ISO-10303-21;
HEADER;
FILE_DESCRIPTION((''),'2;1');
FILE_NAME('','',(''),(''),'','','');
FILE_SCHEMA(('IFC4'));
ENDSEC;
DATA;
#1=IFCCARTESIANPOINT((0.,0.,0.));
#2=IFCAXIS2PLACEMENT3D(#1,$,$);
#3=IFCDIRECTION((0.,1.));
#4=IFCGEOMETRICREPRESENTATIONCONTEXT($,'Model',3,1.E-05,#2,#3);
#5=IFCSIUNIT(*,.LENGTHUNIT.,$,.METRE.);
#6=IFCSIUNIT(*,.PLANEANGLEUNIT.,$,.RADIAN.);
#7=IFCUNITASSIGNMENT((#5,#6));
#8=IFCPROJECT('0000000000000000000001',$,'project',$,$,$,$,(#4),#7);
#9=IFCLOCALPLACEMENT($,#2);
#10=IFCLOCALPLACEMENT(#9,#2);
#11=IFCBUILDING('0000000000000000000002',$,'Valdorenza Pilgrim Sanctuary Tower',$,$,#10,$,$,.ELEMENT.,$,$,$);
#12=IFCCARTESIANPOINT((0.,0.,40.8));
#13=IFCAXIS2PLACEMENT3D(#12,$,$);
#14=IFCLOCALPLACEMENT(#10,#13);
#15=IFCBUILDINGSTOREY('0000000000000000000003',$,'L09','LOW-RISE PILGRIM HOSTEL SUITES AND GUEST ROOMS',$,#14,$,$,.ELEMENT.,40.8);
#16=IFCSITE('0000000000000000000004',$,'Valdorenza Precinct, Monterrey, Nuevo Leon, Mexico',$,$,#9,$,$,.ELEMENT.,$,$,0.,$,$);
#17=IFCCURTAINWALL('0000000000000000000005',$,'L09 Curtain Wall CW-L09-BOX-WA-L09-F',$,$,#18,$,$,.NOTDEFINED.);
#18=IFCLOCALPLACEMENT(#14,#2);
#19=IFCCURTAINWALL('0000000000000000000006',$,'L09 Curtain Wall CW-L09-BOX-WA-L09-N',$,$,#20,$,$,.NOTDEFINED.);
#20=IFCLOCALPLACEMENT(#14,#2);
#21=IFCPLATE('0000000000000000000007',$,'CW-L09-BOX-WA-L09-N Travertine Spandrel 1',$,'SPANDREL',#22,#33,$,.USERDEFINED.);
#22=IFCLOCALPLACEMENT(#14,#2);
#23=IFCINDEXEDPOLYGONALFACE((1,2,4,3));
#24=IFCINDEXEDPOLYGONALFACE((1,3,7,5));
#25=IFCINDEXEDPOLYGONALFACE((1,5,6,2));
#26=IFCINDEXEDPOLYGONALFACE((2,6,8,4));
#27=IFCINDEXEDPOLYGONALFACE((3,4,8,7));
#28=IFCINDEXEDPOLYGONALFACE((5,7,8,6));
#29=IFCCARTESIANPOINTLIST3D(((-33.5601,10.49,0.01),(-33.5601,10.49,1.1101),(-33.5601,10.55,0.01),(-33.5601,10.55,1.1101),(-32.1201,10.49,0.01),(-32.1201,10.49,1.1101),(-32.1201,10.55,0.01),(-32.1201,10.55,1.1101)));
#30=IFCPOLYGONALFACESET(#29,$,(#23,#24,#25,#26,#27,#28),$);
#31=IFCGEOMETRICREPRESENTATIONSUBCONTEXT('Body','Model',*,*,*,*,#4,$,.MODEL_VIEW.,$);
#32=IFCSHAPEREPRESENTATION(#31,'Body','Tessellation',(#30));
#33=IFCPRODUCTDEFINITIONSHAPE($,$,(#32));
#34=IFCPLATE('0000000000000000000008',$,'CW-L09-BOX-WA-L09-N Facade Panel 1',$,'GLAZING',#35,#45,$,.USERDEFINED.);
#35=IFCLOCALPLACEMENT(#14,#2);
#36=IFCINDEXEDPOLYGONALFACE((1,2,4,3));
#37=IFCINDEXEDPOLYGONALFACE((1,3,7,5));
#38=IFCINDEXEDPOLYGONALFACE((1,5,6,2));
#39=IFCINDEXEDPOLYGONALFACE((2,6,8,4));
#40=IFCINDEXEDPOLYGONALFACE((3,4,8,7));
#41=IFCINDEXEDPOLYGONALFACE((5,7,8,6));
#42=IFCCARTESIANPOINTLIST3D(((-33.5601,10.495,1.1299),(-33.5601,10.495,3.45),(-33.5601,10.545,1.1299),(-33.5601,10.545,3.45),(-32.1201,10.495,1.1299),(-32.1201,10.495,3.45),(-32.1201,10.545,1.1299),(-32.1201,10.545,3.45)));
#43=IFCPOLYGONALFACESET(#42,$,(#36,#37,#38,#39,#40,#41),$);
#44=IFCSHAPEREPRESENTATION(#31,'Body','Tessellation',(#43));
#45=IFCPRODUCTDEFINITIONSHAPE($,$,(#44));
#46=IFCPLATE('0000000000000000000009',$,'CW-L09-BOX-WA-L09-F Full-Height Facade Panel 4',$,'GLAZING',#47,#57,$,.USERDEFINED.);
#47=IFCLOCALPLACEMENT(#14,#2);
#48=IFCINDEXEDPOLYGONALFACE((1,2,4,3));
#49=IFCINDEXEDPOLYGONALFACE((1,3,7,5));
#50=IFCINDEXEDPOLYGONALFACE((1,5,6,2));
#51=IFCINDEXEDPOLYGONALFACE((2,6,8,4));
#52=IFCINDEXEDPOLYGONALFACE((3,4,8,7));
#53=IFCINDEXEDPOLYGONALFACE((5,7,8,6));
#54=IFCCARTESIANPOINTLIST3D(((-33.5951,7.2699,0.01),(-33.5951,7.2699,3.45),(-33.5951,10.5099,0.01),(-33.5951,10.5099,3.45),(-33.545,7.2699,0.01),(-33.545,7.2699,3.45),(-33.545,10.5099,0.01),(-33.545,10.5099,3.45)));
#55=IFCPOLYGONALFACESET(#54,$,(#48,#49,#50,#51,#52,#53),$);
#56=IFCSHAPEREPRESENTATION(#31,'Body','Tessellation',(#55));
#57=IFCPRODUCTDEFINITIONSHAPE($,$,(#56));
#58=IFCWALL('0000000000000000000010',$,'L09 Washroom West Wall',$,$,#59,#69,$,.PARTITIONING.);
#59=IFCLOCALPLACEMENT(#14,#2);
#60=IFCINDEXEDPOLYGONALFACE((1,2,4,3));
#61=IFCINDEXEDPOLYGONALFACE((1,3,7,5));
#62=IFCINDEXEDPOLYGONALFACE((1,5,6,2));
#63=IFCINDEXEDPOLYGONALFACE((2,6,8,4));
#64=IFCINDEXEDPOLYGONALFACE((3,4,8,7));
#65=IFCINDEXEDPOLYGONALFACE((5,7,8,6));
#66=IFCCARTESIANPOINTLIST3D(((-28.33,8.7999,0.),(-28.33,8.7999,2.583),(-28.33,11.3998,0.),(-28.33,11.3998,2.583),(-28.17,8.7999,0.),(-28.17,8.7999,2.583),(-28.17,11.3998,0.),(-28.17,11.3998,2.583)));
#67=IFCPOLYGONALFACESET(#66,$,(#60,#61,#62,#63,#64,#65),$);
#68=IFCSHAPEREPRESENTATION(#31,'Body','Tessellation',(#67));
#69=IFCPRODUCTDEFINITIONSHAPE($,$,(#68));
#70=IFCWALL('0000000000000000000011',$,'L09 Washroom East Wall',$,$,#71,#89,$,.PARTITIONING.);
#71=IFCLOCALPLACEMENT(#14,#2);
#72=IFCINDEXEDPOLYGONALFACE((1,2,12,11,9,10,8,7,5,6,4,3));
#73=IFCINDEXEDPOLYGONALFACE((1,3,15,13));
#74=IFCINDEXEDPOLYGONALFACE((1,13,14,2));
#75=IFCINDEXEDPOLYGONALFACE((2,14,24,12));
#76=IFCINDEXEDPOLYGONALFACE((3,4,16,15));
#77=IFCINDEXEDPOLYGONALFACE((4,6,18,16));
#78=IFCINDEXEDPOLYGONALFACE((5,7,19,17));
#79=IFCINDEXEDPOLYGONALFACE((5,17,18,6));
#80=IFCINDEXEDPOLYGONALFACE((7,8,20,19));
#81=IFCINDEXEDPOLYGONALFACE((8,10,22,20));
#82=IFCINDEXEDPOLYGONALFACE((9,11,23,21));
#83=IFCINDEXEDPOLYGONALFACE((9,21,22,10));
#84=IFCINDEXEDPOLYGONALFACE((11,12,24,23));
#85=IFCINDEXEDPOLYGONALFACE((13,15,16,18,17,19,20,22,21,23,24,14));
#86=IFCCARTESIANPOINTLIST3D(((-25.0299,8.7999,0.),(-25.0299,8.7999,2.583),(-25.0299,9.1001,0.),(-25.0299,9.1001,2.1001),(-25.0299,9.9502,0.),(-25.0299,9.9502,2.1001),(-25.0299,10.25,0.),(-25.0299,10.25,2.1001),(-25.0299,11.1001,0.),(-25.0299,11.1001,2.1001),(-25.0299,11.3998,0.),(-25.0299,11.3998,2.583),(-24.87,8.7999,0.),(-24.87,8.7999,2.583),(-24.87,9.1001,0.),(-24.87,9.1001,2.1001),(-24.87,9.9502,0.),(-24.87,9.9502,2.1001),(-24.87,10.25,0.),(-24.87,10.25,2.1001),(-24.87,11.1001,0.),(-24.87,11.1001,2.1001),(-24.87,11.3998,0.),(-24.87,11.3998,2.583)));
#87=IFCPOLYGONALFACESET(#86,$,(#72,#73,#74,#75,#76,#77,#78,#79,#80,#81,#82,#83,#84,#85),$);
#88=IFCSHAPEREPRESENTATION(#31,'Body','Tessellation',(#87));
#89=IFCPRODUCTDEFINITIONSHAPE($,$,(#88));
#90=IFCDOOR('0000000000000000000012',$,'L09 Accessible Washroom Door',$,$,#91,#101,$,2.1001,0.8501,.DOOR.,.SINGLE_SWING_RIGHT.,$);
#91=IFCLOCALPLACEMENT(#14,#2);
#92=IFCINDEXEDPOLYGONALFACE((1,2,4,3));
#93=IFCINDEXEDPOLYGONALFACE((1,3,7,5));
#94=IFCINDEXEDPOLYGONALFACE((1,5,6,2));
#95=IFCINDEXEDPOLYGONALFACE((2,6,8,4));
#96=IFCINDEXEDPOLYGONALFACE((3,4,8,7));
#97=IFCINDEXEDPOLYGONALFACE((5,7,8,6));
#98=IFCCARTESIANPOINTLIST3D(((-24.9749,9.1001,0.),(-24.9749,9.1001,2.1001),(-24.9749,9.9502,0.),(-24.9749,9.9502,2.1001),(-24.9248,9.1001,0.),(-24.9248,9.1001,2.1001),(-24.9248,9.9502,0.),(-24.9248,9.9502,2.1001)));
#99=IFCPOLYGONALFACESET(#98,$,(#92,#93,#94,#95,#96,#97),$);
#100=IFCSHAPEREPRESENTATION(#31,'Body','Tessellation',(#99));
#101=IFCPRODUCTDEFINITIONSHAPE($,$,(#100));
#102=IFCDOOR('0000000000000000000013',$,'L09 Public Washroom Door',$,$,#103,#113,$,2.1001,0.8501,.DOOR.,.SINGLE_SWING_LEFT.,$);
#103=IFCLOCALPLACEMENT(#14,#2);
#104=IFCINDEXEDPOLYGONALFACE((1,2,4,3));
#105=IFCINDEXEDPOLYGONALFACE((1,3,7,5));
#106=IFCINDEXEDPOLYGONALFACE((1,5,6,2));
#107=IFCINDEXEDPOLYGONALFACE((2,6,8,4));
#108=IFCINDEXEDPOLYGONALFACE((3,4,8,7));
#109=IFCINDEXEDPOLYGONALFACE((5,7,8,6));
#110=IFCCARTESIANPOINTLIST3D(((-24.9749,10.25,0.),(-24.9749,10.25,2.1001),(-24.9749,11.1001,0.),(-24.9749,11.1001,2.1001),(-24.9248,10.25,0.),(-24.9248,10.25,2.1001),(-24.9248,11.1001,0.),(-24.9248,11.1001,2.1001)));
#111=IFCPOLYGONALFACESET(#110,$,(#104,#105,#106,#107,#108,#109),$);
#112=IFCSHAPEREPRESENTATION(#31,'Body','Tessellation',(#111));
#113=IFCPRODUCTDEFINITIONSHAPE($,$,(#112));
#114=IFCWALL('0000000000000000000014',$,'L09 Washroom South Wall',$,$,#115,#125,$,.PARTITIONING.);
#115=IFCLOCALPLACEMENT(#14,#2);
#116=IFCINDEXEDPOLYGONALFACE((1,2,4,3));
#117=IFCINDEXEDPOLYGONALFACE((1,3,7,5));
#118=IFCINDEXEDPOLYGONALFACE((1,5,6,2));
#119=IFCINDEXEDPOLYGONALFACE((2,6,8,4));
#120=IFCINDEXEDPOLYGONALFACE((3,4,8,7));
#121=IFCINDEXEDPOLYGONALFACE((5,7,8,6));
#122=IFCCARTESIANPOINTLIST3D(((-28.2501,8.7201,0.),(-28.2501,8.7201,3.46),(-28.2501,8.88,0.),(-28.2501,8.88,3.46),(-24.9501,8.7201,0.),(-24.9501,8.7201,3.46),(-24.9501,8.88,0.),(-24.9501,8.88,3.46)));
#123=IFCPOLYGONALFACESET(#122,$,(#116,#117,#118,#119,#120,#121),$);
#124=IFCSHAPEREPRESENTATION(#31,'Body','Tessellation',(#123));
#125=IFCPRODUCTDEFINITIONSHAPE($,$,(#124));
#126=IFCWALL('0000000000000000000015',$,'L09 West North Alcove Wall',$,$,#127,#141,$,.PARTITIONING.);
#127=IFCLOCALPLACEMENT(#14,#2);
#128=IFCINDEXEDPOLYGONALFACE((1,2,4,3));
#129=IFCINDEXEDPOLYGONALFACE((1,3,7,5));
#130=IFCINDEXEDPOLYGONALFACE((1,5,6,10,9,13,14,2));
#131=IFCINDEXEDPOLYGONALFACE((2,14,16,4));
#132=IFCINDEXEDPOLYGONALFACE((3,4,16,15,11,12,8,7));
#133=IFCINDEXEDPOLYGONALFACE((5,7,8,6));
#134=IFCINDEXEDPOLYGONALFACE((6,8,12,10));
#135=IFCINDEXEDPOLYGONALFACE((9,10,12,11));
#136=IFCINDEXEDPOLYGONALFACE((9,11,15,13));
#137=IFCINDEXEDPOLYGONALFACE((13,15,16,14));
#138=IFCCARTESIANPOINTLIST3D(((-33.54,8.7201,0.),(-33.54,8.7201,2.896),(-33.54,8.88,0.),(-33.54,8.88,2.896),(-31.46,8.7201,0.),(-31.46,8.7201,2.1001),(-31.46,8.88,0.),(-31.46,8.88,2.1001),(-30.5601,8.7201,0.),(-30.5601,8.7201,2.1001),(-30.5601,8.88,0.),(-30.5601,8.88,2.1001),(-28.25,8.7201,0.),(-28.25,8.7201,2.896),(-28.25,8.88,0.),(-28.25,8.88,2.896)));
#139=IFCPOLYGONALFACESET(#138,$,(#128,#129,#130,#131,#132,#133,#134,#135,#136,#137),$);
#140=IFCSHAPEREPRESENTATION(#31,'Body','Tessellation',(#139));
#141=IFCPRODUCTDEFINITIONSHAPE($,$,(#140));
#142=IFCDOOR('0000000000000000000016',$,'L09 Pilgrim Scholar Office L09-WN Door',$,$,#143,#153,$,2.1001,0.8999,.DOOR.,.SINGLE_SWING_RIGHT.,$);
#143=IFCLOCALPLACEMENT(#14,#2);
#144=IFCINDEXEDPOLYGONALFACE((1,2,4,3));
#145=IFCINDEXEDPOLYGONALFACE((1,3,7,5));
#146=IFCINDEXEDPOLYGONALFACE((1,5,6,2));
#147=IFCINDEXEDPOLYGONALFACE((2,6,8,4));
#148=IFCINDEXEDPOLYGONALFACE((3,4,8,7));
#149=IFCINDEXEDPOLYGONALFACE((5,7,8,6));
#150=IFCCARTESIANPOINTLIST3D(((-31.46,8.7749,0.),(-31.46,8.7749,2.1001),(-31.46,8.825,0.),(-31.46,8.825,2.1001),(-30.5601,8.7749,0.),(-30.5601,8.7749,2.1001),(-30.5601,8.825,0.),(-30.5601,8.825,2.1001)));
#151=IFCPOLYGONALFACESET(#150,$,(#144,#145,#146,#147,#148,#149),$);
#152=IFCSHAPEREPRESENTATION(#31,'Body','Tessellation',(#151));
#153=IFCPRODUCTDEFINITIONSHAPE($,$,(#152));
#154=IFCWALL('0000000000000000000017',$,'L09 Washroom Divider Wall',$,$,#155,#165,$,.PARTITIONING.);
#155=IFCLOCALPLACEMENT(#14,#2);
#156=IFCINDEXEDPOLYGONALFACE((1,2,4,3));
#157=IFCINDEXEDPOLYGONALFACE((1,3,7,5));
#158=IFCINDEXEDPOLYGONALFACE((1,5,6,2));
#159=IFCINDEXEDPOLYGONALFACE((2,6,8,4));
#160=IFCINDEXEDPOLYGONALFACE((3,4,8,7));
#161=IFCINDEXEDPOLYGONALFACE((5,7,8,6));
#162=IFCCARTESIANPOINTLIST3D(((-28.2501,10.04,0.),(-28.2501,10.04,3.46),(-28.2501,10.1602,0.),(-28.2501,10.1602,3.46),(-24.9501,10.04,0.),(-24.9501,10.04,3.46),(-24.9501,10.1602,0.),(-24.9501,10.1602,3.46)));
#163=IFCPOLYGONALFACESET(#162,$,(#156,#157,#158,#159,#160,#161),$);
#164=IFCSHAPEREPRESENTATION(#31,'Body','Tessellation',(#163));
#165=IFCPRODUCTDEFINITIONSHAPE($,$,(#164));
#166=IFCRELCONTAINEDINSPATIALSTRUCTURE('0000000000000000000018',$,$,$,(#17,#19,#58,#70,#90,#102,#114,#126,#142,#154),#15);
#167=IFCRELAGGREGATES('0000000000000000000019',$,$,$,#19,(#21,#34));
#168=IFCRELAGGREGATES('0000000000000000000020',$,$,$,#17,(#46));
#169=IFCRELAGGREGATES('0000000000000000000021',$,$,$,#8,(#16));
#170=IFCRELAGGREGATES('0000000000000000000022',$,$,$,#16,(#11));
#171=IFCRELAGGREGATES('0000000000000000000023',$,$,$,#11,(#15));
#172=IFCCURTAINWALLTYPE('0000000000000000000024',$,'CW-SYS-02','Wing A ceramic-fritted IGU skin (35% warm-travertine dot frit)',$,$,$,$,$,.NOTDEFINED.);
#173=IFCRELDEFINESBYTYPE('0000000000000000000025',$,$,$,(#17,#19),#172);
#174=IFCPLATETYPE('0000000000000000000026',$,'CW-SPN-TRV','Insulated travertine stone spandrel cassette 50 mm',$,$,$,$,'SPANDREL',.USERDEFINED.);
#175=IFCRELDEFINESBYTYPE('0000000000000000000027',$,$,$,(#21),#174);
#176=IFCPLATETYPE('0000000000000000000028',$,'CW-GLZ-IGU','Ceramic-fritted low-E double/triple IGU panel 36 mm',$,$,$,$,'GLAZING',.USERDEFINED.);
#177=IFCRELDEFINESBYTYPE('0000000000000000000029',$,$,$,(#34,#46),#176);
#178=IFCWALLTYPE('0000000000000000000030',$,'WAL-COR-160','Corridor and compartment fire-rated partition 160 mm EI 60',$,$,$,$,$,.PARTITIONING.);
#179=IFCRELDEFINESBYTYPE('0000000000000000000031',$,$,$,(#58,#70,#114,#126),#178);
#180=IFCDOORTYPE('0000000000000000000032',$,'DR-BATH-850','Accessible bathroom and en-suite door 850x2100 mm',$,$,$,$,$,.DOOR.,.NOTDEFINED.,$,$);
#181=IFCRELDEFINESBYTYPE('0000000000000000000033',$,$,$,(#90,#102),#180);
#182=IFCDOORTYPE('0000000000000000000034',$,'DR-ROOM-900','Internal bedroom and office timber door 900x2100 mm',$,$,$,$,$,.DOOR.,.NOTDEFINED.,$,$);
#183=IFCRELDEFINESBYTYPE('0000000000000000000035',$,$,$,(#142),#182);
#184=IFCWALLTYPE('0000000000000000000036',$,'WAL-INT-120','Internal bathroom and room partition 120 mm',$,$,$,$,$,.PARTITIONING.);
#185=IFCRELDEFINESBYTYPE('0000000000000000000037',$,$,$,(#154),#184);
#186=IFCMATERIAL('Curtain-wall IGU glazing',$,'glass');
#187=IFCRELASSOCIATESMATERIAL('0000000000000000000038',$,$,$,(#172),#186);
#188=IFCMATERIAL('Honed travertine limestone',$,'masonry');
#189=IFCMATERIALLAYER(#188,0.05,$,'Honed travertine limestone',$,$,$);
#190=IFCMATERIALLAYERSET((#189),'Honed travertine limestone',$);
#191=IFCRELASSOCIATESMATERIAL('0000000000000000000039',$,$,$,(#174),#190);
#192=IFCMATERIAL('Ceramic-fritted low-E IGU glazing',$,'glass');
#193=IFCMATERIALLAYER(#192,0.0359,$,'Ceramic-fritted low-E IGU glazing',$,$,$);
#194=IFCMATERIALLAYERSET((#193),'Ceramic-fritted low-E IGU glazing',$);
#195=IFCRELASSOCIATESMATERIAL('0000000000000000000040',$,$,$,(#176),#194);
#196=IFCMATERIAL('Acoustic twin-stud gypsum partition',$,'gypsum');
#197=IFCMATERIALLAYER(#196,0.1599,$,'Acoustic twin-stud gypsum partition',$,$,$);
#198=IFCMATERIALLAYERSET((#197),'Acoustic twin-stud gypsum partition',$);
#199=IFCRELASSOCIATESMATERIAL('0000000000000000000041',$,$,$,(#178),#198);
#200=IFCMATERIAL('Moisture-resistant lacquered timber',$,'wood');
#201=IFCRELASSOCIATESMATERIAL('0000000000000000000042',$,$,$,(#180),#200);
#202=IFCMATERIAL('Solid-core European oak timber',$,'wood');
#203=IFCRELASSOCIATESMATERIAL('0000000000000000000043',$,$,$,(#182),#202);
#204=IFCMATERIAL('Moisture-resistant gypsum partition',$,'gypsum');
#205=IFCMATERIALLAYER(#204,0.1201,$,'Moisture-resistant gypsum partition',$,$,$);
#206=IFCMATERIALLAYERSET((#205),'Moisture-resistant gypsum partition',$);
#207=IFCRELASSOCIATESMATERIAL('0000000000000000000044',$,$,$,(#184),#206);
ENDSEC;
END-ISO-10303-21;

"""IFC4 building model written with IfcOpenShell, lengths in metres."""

from ifc_helpers import new_model, si_unit, direction, frame, frame_2d, origin, origin_2d, place, context, subcontext, project, spatial, rectangle, extrude, source, transform, mapped, material, layer, layer_set, type_object, element, fill, aggregate, save


model = new_model("IFC4")

# Units and contexts
model_context = context("Model", 3, precision=1e-05, world=origin(), true_north=direction((0.0, 1.0)))
body_context = subcontext(model_context, "Body", "Model", "MODEL_VIEW")
ifc_project = project(units=[si_unit("LENGTHUNIT", "METRE"), si_unit("PLANEANGLEUNIT", "RADIAN")], contexts=[model_context])

# Site, building, storey
site_placement = place(None, origin())
site = spatial("IfcSite", under=ifc_project, at=site_placement, Name="Valdorenza Precinct, Monterrey, Nuevo Leon, Mexico", CompositionType="ELEMENT", RefElevation=0.0)
building_placement = place(site_placement, origin())
building = spatial("IfcBuilding", under=site, at=building_placement, Name="Valdorenza Pilgrim Sanctuary Tower", CompositionType="ELEMENT")
storey_placement = place(building_placement, frame((0.0, 0.0, 40.8)))
storey = spatial("IfcBuildingStorey", under=building, at=storey_placement, Name="L09", Description="LOW-RISE PILGRIM HOSTEL SUITES AND GUEST ROOMS", CompositionType="ELEMENT", Elevation=40.8)

# Curtain wall
ifc_material_1 = material(Name="Curtain-wall IGU glazing", Category="glass")
curtain_wall_type = type_object("IfcCurtainWallType", Name="CW-SYS-02", Description="Wing A ceramic-fritted IGU skin (35% warm-travertine dot frit)", PredefinedType="NOTDEFINED", material=ifc_material_1)
curtain_wall_1_placement = place(storey_placement, origin())
curtain_wall_1 = element("IfcCurtainWall", 1, at=curtain_wall_1_placement, inside=storey, type_object=curtain_wall_type, Name="L09 Curtain Wall CW-L09-BOX-WA-L09-F", PredefinedType="NOTDEFINED")

# Curtain wall
curtain_wall_2_placement = place(storey_placement, origin())
curtain_wall_2 = element("IfcCurtainWall", 2, at=curtain_wall_2_placement, inside=storey, type_object=curtain_wall_type, Name="L09 Curtain Wall CW-L09-BOX-WA-L09-N", PredefinedType="NOTDEFINED")

# Plates
ifc_material_2 = material(Name="Honed travertine limestone", Category="masonry")
ifc_layer_1 = layer(ifc_material_2, 0.05, Name="Honed travertine limestone")
ifc_layer_set_1 = layer_set([ifc_layer_1], Name="Honed travertine limestone")
plate_type_1 = type_object("IfcPlateType", Name="CW-SPN-TRV", Description="Insulated travertine stone spandrel cassette 50 mm", ElementType="SPANDREL", PredefinedType="USERDEFINED", material=ifc_layer_set_1)
shared_shape_1 = source(origin(), body_context, "Body", "SweptSolid", [
    extrude(rectangle(XDim=1.4399, YDim=0.0601, at=origin_2d()), origin(), (0.0, 0.0, 1.0), 1.1001),
])
plate_1_placement = place(storey_placement, frame((-32.8401, 10.52, 0.01), z_axis=(0.0, 0.0, 1.0), x_axis=(1.0, 0.0, 0.0)))
plate_1 = element("IfcPlate", 3, at=plate_1_placement, type_object=plate_type_1, Name="CW-L09-BOX-WA-L09-N Travertine Spandrel 1", ObjectType="SPANDREL", PredefinedType="USERDEFINED", context=body_context, shape_type="MappedRepresentation", body=[
    mapped(shared_shape_1, transform((0.0, 0.0, 0.0), x_axis=(1.0, 0.0, 0.0), y_axis=(0.0, 1.0, 0.0), z_axis=(0.0, 0.0, 1.0), scale=1.0)),
])
ifc_material_3 = material(Name="Ceramic-fritted low-E IGU glazing", Category="glass")
ifc_layer_2 = layer(ifc_material_3, 0.0359, Name="Ceramic-fritted low-E IGU glazing")
ifc_layer_set_2 = layer_set([ifc_layer_2], Name="Ceramic-fritted low-E IGU glazing")
plate_type_2 = type_object("IfcPlateType", Name="CW-GLZ-IGU", Description="Ceramic-fritted low-E double/triple IGU panel 36 mm", ElementType="GLAZING", PredefinedType="USERDEFINED", material=ifc_layer_set_2)
shared_shape_2 = source(origin(), body_context, "Body", "SweptSolid", [
    extrude(rectangle(XDim=1.4399, YDim=0.05, at=origin_2d()), origin(), (0.0, 0.0, 1.0), 2.3201),
])
plate_2_placement = place(storey_placement, frame((-32.8401, 10.52, 1.1299), z_axis=(0.0, 0.0, 1.0), x_axis=(1.0, 0.0, 0.0)))
plate_2 = element("IfcPlate", 4, at=plate_2_placement, type_object=plate_type_2, Name="CW-L09-BOX-WA-L09-N Facade Panel 1", ObjectType="GLAZING", PredefinedType="USERDEFINED", context=body_context, shape_type="MappedRepresentation", body=[
    mapped(shared_shape_2, transform((0.0, 0.0, 0.0), x_axis=(1.0, 0.0, 0.0), y_axis=(0.0, 1.0, 0.0), z_axis=(0.0, 0.0, 1.0), scale=1.0)),
])
aggregate(curtain_wall_2, [plate_1, plate_2])
shared_shape_3 = source(origin(), body_context, "Body", "SweptSolid", [
    extrude(rectangle(XDim=3.24, YDim=0.05, at=origin_2d()), origin(), (0.0, 0.0, 1.0), 3.4399),
])
plate_3_placement = place(storey_placement, frame((-33.5701, 8.8899, 0.01), z_axis=(0.0, 0.0, 1.0), x_axis=(0.0, 1.0, 0.0)))
plate_3 = element("IfcPlate", 5, at=plate_3_placement, type_object=plate_type_2, Name="CW-L09-BOX-WA-L09-F Full-Height Facade Panel 4", ObjectType="GLAZING", PredefinedType="USERDEFINED", context=body_context, shape_type="MappedRepresentation", body=[
    mapped(shared_shape_3, transform((0.0, 0.0, 0.0), x_axis=(1.0, 0.0, 0.0), y_axis=(0.0, 1.0, 0.0), z_axis=(0.0, 0.0, 1.0), scale=1.0)),
])
aggregate(curtain_wall_1, [plate_3])

# Wall
ifc_material_4 = material(Name="Acoustic twin-stud gypsum partition", Category="gypsum")
ifc_layer_3 = layer(ifc_material_4, 0.1599, Name="Acoustic twin-stud gypsum partition")
ifc_layer_set_3 = layer_set([ifc_layer_3], Name="Acoustic twin-stud gypsum partition")
wall_type_1 = type_object("IfcWallType", Name="WAL-COR-160", Description="Corridor and compartment fire-rated partition 160 mm EI 60", PredefinedType="PARTITIONING", material=ifc_layer_set_3)
wall_1_placement = place(storey_placement, frame((-28.25, 8.8, 0.0), z_axis=(0.0, 0.0, 1.0), x_axis=(0.0, 1.0, 0.0)))
element("IfcWall", 6, at=wall_1_placement, inside=storey, type_object=wall_type_1, Name="L09 Washroom West Wall", PredefinedType="PARTITIONING", context=body_context, shape_type="SweptSolid", body=[
    extrude(rectangle(XDim=2.5999, YDim=0.1599, at=frame_2d((1.2998, 0.0))), origin(), (0.0, 0.0, 1.0), 2.583),
])

# Wall, openings, doors
wall_2_placement = place(storey_placement, frame((-24.95, 8.8, 0.0), z_axis=(0.0, 0.0, 1.0), x_axis=(0.0, 1.0, 0.0)))
wall_2 = element("IfcWall", 7, at=wall_2_placement, inside=storey, type_object=wall_type_1, Name="L09 Washroom East Wall", PredefinedType="PARTITIONING", context=body_context, shape_type="SweptSolid", body=[
    extrude(rectangle(XDim=2.5999, YDim=0.1599, at=frame_2d((1.2998, 0.0))), origin(), (0.0, 0.0, 1.0), 2.583),
])
opening_1_placement = place(wall_2_placement, frame((0.3, 0.0, 0.0)))
opening_1 = element("IfcOpeningElement", 8, at=opening_1_placement, cuts=wall_2, PredefinedType="OPENING", context=body_context, shape_type="SweptSolid", body=[
    extrude(rectangle(XDim=0.8501, YDim=2.1001, at=frame_2d((0.425, 1.05))), frame((0.0, 0.0947, 0.0), z_axis=(0.0, -1.0, 0.0), x_axis=(1.0, 0.0, 0.0)), (0.0, 0.0, 1.0), 0.1897),
])
opening_2_placement = place(wall_2_placement, frame((1.45, 0.0, 0.0)))
opening_2 = element("IfcOpeningElement", 9, at=opening_2_placement, cuts=wall_2, PredefinedType="OPENING", context=body_context, shape_type="SweptSolid", body=[
    extrude(rectangle(XDim=0.8501, YDim=2.1001, at=frame_2d((0.425, 1.05))), frame((0.0, 0.0947, 0.0), z_axis=(0.0, -1.0, 0.0), x_axis=(1.0, 0.0, 0.0)), (0.0, 0.0, 1.0), 0.1897),
])
ifc_material_5 = material(Name="Moisture-resistant lacquered timber", Category="wood")
door_type_1 = type_object("IfcDoorType", Name="DR-BATH-850", Description="Accessible bathroom and en-suite door 850x2100 mm", OperationType="NOTDEFINED", PredefinedType="DOOR", material=ifc_material_5)
door_1_placement = place(opening_1_placement, origin())
door_1 = element("IfcDoor", 10, at=door_1_placement, inside=storey, type_object=door_type_1, Name="L09 Accessible Washroom Door", OperationType="SINGLE_SWING_RIGHT", OverallHeight=2.1001, OverallWidth=0.8501, PredefinedType="DOOR", context=body_context, shape_type="SweptSolid", body=[
    extrude(rectangle(XDim=0.8501, YDim=2.1001, at=frame_2d((0.425, 1.05))), frame((0.0, 0.0249, 0.0), z_axis=(0.0, -1.0, 0.0), x_axis=(1.0, 0.0, 0.0)), (0.0, 0.0, 1.0), 0.05),
])
fill(opening_1, door_1)
door_2_placement = place(opening_2_placement, origin())
door_2 = element("IfcDoor", 11, at=door_2_placement, inside=storey, type_object=door_type_1, Name="L09 Public Washroom Door", OperationType="SINGLE_SWING_LEFT", OverallHeight=2.1001, OverallWidth=0.8501, PredefinedType="DOOR", context=body_context, shape_type="SweptSolid", body=[
    extrude(rectangle(XDim=0.8501, YDim=2.1001, at=frame_2d((0.425, 1.05))), frame((0.0, 0.0249, 0.0), z_axis=(0.0, -1.0, 0.0), x_axis=(1.0, 0.0, 0.0)), (0.0, 0.0, 1.0), 0.05),
])
fill(opening_2, door_2)

# Wall
wall_3_placement = place(storey_placement, frame((-28.25, 8.8, 0.0), z_axis=(0.0, 0.0, 1.0), x_axis=(1.0, 0.0, 0.0)))
element("IfcWall", 12, at=wall_3_placement, inside=storey, type_object=wall_type_1, Name="L09 Washroom South Wall", PredefinedType="PARTITIONING", context=body_context, shape_type="SweptSolid", body=[
    extrude(rectangle(XDim=3.3, YDim=0.1599, at=frame_2d((1.6499, 0.0))), origin(), (0.0, 0.0, 1.0), 3.46),
])

# Wall, opening, door
wall_4_placement = place(storey_placement, frame((-33.54, 8.8, 0.0), z_axis=(0.0, 0.0, 1.0), x_axis=(1.0, 0.0, 0.0)))
wall_4 = element("IfcWall", 13, at=wall_4_placement, inside=storey, type_object=wall_type_1, Name="L09 West North Alcove Wall", PredefinedType="PARTITIONING", context=body_context, shape_type="SweptSolid", body=[
    extrude(rectangle(XDim=5.29, YDim=0.1599, at=frame_2d((2.645, 0.0))), origin(), (0.0, 0.0, 1.0), 2.896),
])
opening_3_placement = place(wall_4_placement, frame((2.0801, 0.0, 0.0)))
opening_3 = element("IfcOpeningElement", 14, at=opening_3_placement, cuts=wall_4, PredefinedType="OPENING", context=body_context, shape_type="SweptSolid", body=[
    extrude(rectangle(XDim=0.8999, YDim=2.1001, at=frame_2d((0.45, 1.05))), frame((0.0, 0.0947, 0.0), z_axis=(0.0, -1.0, 0.0), x_axis=(1.0, 0.0, 0.0)), (0.0, 0.0, 1.0), 0.1897),
])
ifc_material_6 = material(Name="Solid-core European oak timber", Category="wood")
door_type_2 = type_object("IfcDoorType", Name="DR-ROOM-900", Description="Internal bedroom and office timber door 900x2100 mm", OperationType="NOTDEFINED", PredefinedType="DOOR", material=ifc_material_6)
door_3_placement = place(opening_3_placement, origin())
door_3 = element("IfcDoor", 15, at=door_3_placement, inside=storey, type_object=door_type_2, Name="L09 Pilgrim Scholar Office L09-WN Door", OperationType="SINGLE_SWING_RIGHT", OverallHeight=2.1001, OverallWidth=0.8999, PredefinedType="DOOR", context=body_context, shape_type="SweptSolid", body=[
    extrude(rectangle(XDim=0.8999, YDim=2.1001, at=frame_2d((0.45, 1.05))), frame((0.0, 0.0249, 0.0), z_axis=(0.0, -1.0, 0.0), x_axis=(1.0, 0.0, 0.0)), (0.0, 0.0, 1.0), 0.05),
])
fill(opening_3, door_3)

# Wall
ifc_material_7 = material(Name="Moisture-resistant gypsum partition", Category="gypsum")
ifc_layer_4 = layer(ifc_material_7, 0.1201, Name="Moisture-resistant gypsum partition")
ifc_layer_set_4 = layer_set([ifc_layer_4], Name="Moisture-resistant gypsum partition")
wall_type_2 = type_object("IfcWallType", Name="WAL-INT-120", Description="Internal bathroom and room partition 120 mm", PredefinedType="PARTITIONING", material=ifc_layer_set_4)
wall_5_placement = place(storey_placement, frame((-28.25, 10.1001, 0.0), z_axis=(0.0, 0.0, 1.0), x_axis=(1.0, 0.0, 0.0)))
element("IfcWall", 16, at=wall_5_placement, inside=storey, type_object=wall_type_2, Name="L09 Washroom Divider Wall", PredefinedType="PARTITIONING", context=body_context, shape_type="SweptSolid", body=[
    extrude(rectangle(XDim=3.3, YDim=0.1201, at=frame_2d((1.6499, 0.0))), origin(), (0.0, 0.0, 1.0), 3.46),
])

save(model, "model.ifc")
